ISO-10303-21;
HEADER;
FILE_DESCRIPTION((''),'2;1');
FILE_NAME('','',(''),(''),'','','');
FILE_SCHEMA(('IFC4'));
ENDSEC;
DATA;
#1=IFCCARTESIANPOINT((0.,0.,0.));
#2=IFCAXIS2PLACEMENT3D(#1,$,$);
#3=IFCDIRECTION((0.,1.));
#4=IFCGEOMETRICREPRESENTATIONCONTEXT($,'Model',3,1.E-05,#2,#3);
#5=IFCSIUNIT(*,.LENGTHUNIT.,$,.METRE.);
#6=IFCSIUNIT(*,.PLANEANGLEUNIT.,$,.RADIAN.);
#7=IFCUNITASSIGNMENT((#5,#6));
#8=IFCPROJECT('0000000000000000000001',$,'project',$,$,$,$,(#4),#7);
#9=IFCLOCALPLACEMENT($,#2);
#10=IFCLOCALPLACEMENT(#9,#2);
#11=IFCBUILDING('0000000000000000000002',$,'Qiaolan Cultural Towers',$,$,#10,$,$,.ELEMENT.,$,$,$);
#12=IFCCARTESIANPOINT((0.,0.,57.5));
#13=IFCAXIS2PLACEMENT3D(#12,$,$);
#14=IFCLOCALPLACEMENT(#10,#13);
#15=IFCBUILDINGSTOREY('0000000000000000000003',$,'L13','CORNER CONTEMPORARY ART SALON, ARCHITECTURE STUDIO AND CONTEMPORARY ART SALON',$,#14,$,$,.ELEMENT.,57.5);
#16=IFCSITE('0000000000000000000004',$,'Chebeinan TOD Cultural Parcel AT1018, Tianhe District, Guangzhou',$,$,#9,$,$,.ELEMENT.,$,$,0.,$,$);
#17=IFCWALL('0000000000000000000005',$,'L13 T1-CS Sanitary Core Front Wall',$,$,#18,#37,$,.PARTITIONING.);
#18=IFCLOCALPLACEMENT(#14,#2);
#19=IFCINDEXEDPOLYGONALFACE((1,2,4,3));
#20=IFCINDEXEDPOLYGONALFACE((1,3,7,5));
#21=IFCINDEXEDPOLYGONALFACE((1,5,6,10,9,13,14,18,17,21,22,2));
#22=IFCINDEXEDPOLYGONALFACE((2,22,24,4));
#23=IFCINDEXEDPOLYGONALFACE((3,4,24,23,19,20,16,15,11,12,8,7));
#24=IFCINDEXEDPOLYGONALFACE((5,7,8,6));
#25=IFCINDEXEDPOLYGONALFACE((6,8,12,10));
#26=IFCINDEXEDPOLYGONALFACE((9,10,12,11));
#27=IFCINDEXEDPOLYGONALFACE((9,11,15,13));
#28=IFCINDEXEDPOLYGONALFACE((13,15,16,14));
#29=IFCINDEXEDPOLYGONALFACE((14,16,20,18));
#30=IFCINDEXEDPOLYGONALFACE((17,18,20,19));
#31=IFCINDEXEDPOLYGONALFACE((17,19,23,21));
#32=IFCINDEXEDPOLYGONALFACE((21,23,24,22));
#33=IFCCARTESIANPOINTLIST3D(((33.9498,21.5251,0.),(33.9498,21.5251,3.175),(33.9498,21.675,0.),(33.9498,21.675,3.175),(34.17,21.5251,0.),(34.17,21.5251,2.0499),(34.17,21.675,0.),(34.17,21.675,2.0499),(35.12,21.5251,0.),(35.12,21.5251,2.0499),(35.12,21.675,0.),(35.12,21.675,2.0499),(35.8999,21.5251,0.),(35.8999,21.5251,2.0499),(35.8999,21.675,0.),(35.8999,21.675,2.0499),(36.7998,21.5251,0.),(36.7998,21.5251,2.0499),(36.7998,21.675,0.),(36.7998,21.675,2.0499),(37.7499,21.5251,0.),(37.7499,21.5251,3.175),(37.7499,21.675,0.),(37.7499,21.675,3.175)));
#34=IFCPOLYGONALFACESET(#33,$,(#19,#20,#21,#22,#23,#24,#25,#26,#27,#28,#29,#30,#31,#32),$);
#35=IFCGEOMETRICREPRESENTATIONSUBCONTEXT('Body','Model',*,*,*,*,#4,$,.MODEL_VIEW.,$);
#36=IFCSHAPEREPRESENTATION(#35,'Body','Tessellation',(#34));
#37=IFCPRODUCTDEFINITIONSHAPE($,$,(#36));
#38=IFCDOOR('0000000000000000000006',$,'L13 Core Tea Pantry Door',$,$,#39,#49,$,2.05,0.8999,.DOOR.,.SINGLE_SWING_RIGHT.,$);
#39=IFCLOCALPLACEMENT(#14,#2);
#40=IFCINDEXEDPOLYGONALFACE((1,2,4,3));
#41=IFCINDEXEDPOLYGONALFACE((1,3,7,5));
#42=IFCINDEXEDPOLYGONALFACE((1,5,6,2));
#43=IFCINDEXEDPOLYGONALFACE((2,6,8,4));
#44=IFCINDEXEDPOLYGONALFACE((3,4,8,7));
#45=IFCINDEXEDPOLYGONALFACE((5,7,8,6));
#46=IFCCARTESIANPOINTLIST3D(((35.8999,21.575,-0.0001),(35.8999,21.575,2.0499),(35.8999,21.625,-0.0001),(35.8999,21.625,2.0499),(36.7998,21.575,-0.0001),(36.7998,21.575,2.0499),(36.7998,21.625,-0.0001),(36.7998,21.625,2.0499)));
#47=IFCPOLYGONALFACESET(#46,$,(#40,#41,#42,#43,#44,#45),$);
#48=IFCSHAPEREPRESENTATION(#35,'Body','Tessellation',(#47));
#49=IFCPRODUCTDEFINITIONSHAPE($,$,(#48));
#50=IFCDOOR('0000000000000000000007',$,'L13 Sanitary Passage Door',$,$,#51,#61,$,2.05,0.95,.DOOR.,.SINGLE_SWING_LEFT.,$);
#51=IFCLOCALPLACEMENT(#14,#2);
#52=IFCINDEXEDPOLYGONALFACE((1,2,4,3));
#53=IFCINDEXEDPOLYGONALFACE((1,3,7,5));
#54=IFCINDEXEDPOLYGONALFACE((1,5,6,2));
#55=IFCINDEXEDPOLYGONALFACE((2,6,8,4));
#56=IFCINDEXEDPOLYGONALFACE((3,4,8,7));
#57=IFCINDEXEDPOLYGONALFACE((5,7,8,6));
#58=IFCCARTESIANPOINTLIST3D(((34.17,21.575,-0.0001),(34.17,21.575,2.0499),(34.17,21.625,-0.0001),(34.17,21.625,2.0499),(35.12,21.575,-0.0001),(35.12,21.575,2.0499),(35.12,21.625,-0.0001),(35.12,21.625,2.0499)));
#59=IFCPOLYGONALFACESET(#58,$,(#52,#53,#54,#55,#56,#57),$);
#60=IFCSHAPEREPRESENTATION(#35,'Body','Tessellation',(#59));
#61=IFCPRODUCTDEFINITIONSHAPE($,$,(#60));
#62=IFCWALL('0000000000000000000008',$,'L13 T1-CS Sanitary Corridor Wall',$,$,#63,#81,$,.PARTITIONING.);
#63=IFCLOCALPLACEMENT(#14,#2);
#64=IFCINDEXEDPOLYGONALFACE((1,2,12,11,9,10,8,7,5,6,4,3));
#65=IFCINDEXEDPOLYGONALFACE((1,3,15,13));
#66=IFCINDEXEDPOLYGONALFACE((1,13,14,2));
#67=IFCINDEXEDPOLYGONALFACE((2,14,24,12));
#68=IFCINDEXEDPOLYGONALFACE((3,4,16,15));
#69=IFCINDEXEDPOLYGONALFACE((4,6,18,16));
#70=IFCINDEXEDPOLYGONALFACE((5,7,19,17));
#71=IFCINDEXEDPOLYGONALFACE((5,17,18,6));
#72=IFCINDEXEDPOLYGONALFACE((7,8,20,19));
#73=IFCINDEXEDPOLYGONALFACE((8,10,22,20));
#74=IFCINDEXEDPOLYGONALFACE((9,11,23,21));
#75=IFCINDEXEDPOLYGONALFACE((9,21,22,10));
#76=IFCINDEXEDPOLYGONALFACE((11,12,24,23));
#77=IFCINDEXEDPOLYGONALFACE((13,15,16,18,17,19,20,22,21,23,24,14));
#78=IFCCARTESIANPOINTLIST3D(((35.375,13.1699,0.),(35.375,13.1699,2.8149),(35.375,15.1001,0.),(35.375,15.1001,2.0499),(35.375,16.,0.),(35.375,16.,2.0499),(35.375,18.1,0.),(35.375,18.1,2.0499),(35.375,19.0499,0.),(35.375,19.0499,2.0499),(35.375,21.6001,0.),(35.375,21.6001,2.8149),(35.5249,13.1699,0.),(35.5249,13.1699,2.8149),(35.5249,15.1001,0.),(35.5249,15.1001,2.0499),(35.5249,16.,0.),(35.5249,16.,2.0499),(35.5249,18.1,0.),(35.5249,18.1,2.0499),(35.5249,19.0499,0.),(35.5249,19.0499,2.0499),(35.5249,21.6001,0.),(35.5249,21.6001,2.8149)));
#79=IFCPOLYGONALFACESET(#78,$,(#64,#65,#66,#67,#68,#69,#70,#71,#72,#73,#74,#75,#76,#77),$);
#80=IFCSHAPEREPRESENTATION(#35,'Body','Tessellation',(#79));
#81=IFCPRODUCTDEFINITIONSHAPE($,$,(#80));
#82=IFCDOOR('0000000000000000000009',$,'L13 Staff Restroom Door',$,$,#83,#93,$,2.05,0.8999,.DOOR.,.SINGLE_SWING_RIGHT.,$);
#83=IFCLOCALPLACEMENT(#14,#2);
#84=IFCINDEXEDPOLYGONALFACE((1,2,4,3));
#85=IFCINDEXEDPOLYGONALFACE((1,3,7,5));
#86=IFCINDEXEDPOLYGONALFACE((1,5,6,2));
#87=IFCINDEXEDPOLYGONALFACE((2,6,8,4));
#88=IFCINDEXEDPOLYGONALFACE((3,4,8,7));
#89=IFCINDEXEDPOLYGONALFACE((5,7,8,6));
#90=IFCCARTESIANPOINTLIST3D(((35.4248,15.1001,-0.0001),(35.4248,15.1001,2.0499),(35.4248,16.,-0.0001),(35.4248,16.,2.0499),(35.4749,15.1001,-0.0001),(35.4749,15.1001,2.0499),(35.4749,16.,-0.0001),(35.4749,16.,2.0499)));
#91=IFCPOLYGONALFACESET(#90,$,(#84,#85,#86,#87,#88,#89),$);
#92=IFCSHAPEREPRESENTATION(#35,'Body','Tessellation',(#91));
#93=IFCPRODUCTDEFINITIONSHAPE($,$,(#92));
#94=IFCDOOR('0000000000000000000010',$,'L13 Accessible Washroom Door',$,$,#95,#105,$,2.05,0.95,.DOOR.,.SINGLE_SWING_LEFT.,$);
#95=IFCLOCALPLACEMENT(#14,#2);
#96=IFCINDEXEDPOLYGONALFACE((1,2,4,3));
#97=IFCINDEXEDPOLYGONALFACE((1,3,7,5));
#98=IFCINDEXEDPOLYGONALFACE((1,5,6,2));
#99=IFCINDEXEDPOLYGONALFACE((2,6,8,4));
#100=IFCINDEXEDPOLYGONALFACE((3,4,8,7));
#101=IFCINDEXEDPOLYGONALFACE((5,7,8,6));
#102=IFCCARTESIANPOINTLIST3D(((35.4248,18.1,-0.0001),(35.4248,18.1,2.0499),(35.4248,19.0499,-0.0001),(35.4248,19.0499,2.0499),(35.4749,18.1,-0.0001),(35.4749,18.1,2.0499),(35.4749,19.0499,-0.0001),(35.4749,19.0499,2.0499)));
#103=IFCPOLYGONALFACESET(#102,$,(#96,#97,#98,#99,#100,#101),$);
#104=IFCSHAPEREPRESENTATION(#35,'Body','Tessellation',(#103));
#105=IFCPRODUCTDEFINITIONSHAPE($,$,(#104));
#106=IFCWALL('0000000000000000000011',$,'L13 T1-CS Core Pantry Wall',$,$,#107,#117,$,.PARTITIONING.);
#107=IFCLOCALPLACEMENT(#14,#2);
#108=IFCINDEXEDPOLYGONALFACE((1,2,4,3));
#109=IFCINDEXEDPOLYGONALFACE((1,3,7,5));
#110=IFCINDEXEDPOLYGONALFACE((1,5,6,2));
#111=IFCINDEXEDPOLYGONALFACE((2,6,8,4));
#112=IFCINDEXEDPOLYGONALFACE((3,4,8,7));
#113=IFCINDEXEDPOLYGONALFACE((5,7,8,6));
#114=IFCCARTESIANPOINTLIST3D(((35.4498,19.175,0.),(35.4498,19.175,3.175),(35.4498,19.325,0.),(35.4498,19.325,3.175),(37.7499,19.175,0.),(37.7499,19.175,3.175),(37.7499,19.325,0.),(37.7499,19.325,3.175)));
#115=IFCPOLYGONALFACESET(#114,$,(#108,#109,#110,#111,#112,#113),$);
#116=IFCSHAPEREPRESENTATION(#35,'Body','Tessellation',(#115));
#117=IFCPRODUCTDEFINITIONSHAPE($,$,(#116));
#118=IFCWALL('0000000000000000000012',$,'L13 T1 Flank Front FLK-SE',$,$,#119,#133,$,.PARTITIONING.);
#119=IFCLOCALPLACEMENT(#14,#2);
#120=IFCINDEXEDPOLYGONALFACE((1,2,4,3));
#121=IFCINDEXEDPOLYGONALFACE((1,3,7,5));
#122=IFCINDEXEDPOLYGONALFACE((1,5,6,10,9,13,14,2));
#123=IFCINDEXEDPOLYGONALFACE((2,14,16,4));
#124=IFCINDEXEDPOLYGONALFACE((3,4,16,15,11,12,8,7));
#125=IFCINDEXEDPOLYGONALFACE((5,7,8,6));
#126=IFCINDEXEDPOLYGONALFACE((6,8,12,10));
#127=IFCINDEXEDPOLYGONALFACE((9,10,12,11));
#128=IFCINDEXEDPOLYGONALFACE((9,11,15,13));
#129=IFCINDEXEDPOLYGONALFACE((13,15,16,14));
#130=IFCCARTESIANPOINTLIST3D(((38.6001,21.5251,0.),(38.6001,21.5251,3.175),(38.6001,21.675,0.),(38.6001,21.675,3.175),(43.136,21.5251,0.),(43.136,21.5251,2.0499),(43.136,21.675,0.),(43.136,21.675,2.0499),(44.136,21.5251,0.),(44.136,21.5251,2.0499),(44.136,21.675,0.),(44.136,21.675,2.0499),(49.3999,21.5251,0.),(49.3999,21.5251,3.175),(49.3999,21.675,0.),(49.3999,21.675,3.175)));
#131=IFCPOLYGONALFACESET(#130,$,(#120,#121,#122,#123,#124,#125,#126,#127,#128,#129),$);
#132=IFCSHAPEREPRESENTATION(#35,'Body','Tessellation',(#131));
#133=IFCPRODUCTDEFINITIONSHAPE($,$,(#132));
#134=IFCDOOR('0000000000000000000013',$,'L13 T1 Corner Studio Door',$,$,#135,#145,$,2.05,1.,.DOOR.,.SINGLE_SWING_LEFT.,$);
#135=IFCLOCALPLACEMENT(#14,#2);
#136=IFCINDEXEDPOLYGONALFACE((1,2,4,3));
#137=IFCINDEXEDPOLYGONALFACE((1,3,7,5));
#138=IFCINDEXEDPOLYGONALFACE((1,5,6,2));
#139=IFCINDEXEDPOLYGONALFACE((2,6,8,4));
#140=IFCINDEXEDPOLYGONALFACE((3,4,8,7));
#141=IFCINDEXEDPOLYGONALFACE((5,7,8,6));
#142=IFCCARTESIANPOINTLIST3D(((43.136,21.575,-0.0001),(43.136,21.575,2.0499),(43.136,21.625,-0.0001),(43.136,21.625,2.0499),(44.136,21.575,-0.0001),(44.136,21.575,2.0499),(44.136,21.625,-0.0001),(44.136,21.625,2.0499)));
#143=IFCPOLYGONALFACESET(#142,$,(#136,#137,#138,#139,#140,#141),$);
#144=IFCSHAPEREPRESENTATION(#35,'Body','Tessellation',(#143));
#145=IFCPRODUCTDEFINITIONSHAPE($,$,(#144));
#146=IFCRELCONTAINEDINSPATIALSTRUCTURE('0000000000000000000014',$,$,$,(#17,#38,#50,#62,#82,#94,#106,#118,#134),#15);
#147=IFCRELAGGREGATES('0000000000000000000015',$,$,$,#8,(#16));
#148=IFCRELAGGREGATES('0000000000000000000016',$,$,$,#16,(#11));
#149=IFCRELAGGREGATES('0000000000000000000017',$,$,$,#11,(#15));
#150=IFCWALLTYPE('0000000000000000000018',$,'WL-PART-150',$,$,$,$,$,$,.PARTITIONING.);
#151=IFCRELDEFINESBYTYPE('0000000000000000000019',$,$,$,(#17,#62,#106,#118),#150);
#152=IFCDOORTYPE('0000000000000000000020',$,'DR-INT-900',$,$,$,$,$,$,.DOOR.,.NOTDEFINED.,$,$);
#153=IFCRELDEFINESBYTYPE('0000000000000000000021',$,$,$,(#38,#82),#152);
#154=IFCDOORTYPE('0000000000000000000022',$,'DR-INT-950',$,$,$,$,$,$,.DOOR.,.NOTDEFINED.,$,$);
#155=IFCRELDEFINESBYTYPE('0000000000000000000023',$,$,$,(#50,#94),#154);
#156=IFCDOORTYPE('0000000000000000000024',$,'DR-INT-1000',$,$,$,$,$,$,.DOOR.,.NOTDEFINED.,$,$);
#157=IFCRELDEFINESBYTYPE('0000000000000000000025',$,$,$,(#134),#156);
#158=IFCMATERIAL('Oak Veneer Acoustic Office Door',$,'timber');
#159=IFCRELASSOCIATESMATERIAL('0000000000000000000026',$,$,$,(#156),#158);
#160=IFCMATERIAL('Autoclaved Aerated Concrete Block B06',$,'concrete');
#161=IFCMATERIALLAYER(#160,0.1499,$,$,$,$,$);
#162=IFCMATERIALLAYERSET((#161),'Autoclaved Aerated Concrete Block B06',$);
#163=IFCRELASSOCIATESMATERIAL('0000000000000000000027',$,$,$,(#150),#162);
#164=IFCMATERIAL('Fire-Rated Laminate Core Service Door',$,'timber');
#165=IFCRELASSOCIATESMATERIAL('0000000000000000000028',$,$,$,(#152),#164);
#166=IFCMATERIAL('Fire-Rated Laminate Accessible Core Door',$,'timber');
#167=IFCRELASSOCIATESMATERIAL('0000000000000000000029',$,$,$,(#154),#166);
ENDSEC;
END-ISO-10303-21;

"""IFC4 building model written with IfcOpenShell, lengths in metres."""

from ifc_helpers import new_model, si_unit, direction, frame, frame_2d, origin, place, context, subcontext, project, spatial, rectangle, extrude, material, layer, layer_set, type_object, element, fill, save


model = new_model("IFC4")

# Units and contexts
model_context = context("Model", 3, precision=1e-05, world=origin(), true_north=direction((0.0, 1.0)))
body_context = subcontext(model_context, "Body", "Model", "MODEL_VIEW")
ifc_project = project(units=[si_unit("LENGTHUNIT", "METRE"), si_unit("PLANEANGLEUNIT", "RADIAN")], contexts=[model_context])

# Site, building, storey
site_placement = place(None, origin())
site = spatial("IfcSite", under=ifc_project, at=site_placement, Name="Chebeinan TOD Cultural Parcel AT1018, Tianhe District, Guangzhou", CompositionType="ELEMENT", RefElevation=0.0)
building_placement = place(site_placement, origin())
building = spatial("IfcBuilding", under=site, at=building_placement, Name="Qiaolan Cultural Towers", CompositionType="ELEMENT")
storey_placement = place(building_placement, frame((0.0, 0.0, 57.5)))
storey = spatial("IfcBuildingStorey", under=building, at=storey_placement, Name="L13", Description="CORNER CONTEMPORARY ART SALON, ARCHITECTURE STUDIO AND CONTEMPORARY ART SALON", CompositionType="ELEMENT", Elevation=57.5)

# Shared definitions
ifc_material_1 = material(Name="Oak Veneer Acoustic Office Door", Category="timber")
door_type_1 = type_object("IfcDoorType", Name="DR-INT-1000", OperationType="NOTDEFINED", PredefinedType="DOOR", material=ifc_material_1)

# Walls, openings, doors
ifc_material_2 = material(Name="Autoclaved Aerated Concrete Block B06", Category="concrete")
ifc_layer_1 = layer(ifc_material_2, 0.1499)
ifc_layer_set_1 = layer_set([ifc_layer_1], Name="Autoclaved Aerated Concrete Block B06")
wall_type_1 = type_object("IfcWallType", Name="WL-PART-150", PredefinedType="PARTITIONING", material=ifc_layer_set_1)
wall_1_placement = place(storey_placement, frame((33.95, 21.6001, 0.0), z_axis=(0.0, 0.0, 1.0), x_axis=(1.0, 0.0, 0.0)))
wall_1 = element("IfcWall", 1, at=wall_1_placement, inside=storey, type_object=wall_type_1, Name="L13 T1-CS Sanitary Core Front Wall", PredefinedType="PARTITIONING", context=body_context, shape_type="SweptSolid", body=[
    extrude(rectangle(XDim=3.8, YDim=0.1499, at=frame_2d((1.8999, 0.0))), origin(), (0.0, 0.0, 1.0), 3.175),
])
opening_1_placement = place(wall_1_placement, frame((0.22, 0.0, 0.0)))
opening_1 = element("IfcOpeningElement", 2, at=opening_1_placement, cuts=wall_1, PredefinedType="OPENING", context=body_context, shape_type="SweptSolid", body=[
    extrude(rectangle(XDim=0.95, YDim=2.05, at=frame_2d((0.4751, 1.0249))), frame((0.0, 0.085, 0.0), z_axis=(0.0, -1.0, 0.0), x_axis=(1.0, 0.0, 0.0)), (0.0, 0.0, 1.0), 0.1699),
])
opening_2_placement = place(wall_1_placement, frame((1.95, 0.0, 0.0)))
opening_2 = element("IfcOpeningElement", 3, at=opening_2_placement, cuts=wall_1, PredefinedType="OPENING", context=body_context, shape_type="SweptSolid", body=[
    extrude(rectangle(XDim=0.8999, YDim=2.05, at=frame_2d((0.45, 1.0249))), frame((0.0, 0.085, 0.0), z_axis=(0.0, -1.0, 0.0), x_axis=(1.0, 0.0, 0.0)), (0.0, 0.0, 1.0), 0.1699),
])
ifc_material_3 = material(Name="Fire-Rated Laminate Core Service Door", Category="timber")
door_type_2 = type_object("IfcDoorType", Name="DR-INT-900", OperationType="NOTDEFINED", PredefinedType="DOOR", material=ifc_material_3)
door_1_placement = place(opening_2_placement, origin())
door_1 = element("IfcDoor", 4, at=door_1_placement, inside=storey, type_object=door_type_2, Name="L13 Core Tea Pantry Door", OperationType="SINGLE_SWING_RIGHT", OverallHeight=2.05, OverallWidth=0.8999, PredefinedType="DOOR", context=body_context, shape_type="SweptSolid", body=[
    extrude(rectangle(XDim=0.8999, YDim=2.05, at=frame_2d((0.45, 1.0249))), frame((0.0, 0.0249, 0.0), z_axis=(0.0, -1.0, 0.0), x_axis=(1.0, 0.0, 0.0)), (0.0, 0.0, 1.0), 0.05),
])
fill(opening_2, door_1)
ifc_material_4 = material(Name="Fire-Rated Laminate Accessible Core Door", Category="timber")
door_type_3 = type_object("IfcDoorType", Name="DR-INT-950", OperationType="NOTDEFINED", PredefinedType="DOOR", material=ifc_material_4)
door_2_placement = place(opening_1_placement, origin())
door_2 = element("IfcDoor", 5, at=door_2_placement, inside=storey, type_object=door_type_3, Name="L13 Sanitary Passage Door", OperationType="SINGLE_SWING_LEFT", OverallHeight=2.05, OverallWidth=0.95, PredefinedType="DOOR", context=body_context, shape_type="SweptSolid", body=[
    extrude(rectangle(XDim=0.95, YDim=2.05, at=frame_2d((0.4751, 1.0249))), frame((0.0, 0.0249, 0.0), z_axis=(0.0, -1.0, 0.0), x_axis=(1.0, 0.0, 0.0)), (0.0, 0.0, 1.0), 0.05),
])
fill(opening_1, door_2)
wall_2_placement = place(storey_placement, frame((35.45, 21.6001, 0.0), z_axis=(0.0, 0.0, 1.0), x_axis=(0.0, -1.0, 0.0)))
wall_2 = element("IfcWall", 6, at=wall_2_placement, inside=storey, type_object=wall_type_1, Name="L13 T1-CS Sanitary Corridor Wall", PredefinedType="PARTITIONING", context=body_context, shape_type="SweptSolid", body=[
    extrude(rectangle(XDim=8.4302, YDim=0.1499, at=frame_2d((4.2151, 0.0))), origin(), (0.0, 0.0, 1.0), 2.8149),
])
opening_3_placement = place(wall_2_placement, frame((2.55, 0.0, 0.0)))
opening_3 = element("IfcOpeningElement", 7, at=opening_3_placement, cuts=wall_2, PredefinedType="OPENING", context=body_context, shape_type="SweptSolid", body=[
    extrude(rectangle(XDim=0.95, YDim=2.05, at=frame_2d((0.4751, 1.0249))), frame((0.0, 0.085, 0.0), z_axis=(0.0, -1.0, 0.0), x_axis=(1.0, 0.0, 0.0)), (0.0, 0.0, 1.0), 0.1699),
])
opening_4_placement = place(wall_2_placement, frame((5.6001, 0.0, 0.0)))
opening_4 = element("IfcOpeningElement", 8, at=opening_4_placement, cuts=wall_2, PredefinedType="OPENING", context=body_context, shape_type="SweptSolid", body=[
    extrude(rectangle(XDim=0.8999, YDim=2.05, at=frame_2d((0.45, 1.0249))), frame((0.0, 0.085, 0.0), z_axis=(0.0, -1.0, 0.0), x_axis=(1.0, 0.0, 0.0)), (0.0, 0.0, 1.0), 0.1699),
])
door_3_placement = place(opening_4_placement, origin())
door_3 = element("IfcDoor", 9, at=door_3_placement, inside=storey, type_object=door_type_2, Name="L13 Staff Restroom Door", OperationType="SINGLE_SWING_RIGHT", OverallHeight=2.05, OverallWidth=0.8999, PredefinedType="DOOR", context=body_context, shape_type="SweptSolid", body=[
    extrude(rectangle(XDim=0.8999, YDim=2.05, at=frame_2d((0.45, 1.0249))), frame((0.0, 0.0249, 0.0), z_axis=(0.0, -1.0, 0.0), x_axis=(1.0, 0.0, 0.0)), (0.0, 0.0, 1.0), 0.05),
])
fill(opening_4, door_3)
door_4_placement = place(opening_3_placement, origin())
door_4 = element("IfcDoor", 10, at=door_4_placement, inside=storey, type_object=door_type_3, Name="L13 Accessible Washroom Door", OperationType="SINGLE_SWING_LEFT", OverallHeight=2.05, OverallWidth=0.95, PredefinedType="DOOR", context=body_context, shape_type="SweptSolid", body=[
    extrude(rectangle(XDim=0.95, YDim=2.05, at=frame_2d((0.4751, 1.0249))), frame((0.0, 0.0249, 0.0), z_axis=(0.0, -1.0, 0.0), x_axis=(1.0, 0.0, 0.0)), (0.0, 0.0, 1.0), 0.05),
])
fill(opening_3, door_4)

# Wall
wall_3_placement = place(storey_placement, frame((35.45, 19.25, 0.0), z_axis=(0.0, 0.0, 1.0), x_axis=(1.0, 0.0, 0.0)))
element("IfcWall", 11, at=wall_3_placement, inside=storey, type_object=wall_type_1, Name="L13 T1-CS Core Pantry Wall", PredefinedType="PARTITIONING", context=body_context, shape_type="SweptSolid", body=[
    extrude(rectangle(XDim=2.3, YDim=0.1499, at=frame_2d((1.1499, 0.0))), origin(), (0.0, 0.0, 1.0), 3.175),
])

# Wall, opening, door
wall_4_placement = place(storey_placement, frame((38.6001, 21.6001, 0.0), z_axis=(0.0, 0.0, 1.0), x_axis=(1.0, 0.0, 0.0)))
wall_4 = element("IfcWall", 12, at=wall_4_placement, inside=storey, type_object=wall_type_1, Name="L13 T1 Flank Front FLK-SE", PredefinedType="PARTITIONING", context=body_context, shape_type="SweptSolid", body=[
    extrude(rectangle(XDim=10.7998, YDim=0.1499, at=frame_2d((5.3999, 0.0))), origin(), (0.0, 0.0, 1.0), 3.175),
])
opening_5_placement = place(wall_4_placement, frame((4.5359, 0.0, 0.0)))
opening_5 = element("IfcOpeningElement", 13, at=opening_5_placement, cuts=wall_4, PredefinedType="OPENING", context=body_context, shape_type="SweptSolid", body=[
    extrude(rectangle(XDim=1.0, YDim=2.05, at=frame_2d((0.5, 1.0249))), frame((0.0, 0.085, 0.0), z_axis=(0.0, -1.0, 0.0), x_axis=(1.0, 0.0, 0.0)), (0.0, 0.0, 1.0), 0.1699),
])
door_5_placement = place(opening_5_placement, origin())
door_5 = element("IfcDoor", 14, at=door_5_placement, inside=storey, type_object=door_type_1, Name="L13 T1 Corner Studio Door", OperationType="SINGLE_SWING_LEFT", OverallHeight=2.05, OverallWidth=1.0, PredefinedType="DOOR", context=body_context, shape_type="SweptSolid", body=[
    extrude(rectangle(XDim=1.0, YDim=2.05, at=frame_2d((0.5, 1.0249))), frame((0.0, 0.0249, 0.0), z_axis=(0.0, -1.0, 0.0), x_axis=(1.0, 0.0, 0.0)), (0.0, 0.0, 1.0), 0.05),
])
fill(opening_5, door_5)

save(model, "model.ifc")
